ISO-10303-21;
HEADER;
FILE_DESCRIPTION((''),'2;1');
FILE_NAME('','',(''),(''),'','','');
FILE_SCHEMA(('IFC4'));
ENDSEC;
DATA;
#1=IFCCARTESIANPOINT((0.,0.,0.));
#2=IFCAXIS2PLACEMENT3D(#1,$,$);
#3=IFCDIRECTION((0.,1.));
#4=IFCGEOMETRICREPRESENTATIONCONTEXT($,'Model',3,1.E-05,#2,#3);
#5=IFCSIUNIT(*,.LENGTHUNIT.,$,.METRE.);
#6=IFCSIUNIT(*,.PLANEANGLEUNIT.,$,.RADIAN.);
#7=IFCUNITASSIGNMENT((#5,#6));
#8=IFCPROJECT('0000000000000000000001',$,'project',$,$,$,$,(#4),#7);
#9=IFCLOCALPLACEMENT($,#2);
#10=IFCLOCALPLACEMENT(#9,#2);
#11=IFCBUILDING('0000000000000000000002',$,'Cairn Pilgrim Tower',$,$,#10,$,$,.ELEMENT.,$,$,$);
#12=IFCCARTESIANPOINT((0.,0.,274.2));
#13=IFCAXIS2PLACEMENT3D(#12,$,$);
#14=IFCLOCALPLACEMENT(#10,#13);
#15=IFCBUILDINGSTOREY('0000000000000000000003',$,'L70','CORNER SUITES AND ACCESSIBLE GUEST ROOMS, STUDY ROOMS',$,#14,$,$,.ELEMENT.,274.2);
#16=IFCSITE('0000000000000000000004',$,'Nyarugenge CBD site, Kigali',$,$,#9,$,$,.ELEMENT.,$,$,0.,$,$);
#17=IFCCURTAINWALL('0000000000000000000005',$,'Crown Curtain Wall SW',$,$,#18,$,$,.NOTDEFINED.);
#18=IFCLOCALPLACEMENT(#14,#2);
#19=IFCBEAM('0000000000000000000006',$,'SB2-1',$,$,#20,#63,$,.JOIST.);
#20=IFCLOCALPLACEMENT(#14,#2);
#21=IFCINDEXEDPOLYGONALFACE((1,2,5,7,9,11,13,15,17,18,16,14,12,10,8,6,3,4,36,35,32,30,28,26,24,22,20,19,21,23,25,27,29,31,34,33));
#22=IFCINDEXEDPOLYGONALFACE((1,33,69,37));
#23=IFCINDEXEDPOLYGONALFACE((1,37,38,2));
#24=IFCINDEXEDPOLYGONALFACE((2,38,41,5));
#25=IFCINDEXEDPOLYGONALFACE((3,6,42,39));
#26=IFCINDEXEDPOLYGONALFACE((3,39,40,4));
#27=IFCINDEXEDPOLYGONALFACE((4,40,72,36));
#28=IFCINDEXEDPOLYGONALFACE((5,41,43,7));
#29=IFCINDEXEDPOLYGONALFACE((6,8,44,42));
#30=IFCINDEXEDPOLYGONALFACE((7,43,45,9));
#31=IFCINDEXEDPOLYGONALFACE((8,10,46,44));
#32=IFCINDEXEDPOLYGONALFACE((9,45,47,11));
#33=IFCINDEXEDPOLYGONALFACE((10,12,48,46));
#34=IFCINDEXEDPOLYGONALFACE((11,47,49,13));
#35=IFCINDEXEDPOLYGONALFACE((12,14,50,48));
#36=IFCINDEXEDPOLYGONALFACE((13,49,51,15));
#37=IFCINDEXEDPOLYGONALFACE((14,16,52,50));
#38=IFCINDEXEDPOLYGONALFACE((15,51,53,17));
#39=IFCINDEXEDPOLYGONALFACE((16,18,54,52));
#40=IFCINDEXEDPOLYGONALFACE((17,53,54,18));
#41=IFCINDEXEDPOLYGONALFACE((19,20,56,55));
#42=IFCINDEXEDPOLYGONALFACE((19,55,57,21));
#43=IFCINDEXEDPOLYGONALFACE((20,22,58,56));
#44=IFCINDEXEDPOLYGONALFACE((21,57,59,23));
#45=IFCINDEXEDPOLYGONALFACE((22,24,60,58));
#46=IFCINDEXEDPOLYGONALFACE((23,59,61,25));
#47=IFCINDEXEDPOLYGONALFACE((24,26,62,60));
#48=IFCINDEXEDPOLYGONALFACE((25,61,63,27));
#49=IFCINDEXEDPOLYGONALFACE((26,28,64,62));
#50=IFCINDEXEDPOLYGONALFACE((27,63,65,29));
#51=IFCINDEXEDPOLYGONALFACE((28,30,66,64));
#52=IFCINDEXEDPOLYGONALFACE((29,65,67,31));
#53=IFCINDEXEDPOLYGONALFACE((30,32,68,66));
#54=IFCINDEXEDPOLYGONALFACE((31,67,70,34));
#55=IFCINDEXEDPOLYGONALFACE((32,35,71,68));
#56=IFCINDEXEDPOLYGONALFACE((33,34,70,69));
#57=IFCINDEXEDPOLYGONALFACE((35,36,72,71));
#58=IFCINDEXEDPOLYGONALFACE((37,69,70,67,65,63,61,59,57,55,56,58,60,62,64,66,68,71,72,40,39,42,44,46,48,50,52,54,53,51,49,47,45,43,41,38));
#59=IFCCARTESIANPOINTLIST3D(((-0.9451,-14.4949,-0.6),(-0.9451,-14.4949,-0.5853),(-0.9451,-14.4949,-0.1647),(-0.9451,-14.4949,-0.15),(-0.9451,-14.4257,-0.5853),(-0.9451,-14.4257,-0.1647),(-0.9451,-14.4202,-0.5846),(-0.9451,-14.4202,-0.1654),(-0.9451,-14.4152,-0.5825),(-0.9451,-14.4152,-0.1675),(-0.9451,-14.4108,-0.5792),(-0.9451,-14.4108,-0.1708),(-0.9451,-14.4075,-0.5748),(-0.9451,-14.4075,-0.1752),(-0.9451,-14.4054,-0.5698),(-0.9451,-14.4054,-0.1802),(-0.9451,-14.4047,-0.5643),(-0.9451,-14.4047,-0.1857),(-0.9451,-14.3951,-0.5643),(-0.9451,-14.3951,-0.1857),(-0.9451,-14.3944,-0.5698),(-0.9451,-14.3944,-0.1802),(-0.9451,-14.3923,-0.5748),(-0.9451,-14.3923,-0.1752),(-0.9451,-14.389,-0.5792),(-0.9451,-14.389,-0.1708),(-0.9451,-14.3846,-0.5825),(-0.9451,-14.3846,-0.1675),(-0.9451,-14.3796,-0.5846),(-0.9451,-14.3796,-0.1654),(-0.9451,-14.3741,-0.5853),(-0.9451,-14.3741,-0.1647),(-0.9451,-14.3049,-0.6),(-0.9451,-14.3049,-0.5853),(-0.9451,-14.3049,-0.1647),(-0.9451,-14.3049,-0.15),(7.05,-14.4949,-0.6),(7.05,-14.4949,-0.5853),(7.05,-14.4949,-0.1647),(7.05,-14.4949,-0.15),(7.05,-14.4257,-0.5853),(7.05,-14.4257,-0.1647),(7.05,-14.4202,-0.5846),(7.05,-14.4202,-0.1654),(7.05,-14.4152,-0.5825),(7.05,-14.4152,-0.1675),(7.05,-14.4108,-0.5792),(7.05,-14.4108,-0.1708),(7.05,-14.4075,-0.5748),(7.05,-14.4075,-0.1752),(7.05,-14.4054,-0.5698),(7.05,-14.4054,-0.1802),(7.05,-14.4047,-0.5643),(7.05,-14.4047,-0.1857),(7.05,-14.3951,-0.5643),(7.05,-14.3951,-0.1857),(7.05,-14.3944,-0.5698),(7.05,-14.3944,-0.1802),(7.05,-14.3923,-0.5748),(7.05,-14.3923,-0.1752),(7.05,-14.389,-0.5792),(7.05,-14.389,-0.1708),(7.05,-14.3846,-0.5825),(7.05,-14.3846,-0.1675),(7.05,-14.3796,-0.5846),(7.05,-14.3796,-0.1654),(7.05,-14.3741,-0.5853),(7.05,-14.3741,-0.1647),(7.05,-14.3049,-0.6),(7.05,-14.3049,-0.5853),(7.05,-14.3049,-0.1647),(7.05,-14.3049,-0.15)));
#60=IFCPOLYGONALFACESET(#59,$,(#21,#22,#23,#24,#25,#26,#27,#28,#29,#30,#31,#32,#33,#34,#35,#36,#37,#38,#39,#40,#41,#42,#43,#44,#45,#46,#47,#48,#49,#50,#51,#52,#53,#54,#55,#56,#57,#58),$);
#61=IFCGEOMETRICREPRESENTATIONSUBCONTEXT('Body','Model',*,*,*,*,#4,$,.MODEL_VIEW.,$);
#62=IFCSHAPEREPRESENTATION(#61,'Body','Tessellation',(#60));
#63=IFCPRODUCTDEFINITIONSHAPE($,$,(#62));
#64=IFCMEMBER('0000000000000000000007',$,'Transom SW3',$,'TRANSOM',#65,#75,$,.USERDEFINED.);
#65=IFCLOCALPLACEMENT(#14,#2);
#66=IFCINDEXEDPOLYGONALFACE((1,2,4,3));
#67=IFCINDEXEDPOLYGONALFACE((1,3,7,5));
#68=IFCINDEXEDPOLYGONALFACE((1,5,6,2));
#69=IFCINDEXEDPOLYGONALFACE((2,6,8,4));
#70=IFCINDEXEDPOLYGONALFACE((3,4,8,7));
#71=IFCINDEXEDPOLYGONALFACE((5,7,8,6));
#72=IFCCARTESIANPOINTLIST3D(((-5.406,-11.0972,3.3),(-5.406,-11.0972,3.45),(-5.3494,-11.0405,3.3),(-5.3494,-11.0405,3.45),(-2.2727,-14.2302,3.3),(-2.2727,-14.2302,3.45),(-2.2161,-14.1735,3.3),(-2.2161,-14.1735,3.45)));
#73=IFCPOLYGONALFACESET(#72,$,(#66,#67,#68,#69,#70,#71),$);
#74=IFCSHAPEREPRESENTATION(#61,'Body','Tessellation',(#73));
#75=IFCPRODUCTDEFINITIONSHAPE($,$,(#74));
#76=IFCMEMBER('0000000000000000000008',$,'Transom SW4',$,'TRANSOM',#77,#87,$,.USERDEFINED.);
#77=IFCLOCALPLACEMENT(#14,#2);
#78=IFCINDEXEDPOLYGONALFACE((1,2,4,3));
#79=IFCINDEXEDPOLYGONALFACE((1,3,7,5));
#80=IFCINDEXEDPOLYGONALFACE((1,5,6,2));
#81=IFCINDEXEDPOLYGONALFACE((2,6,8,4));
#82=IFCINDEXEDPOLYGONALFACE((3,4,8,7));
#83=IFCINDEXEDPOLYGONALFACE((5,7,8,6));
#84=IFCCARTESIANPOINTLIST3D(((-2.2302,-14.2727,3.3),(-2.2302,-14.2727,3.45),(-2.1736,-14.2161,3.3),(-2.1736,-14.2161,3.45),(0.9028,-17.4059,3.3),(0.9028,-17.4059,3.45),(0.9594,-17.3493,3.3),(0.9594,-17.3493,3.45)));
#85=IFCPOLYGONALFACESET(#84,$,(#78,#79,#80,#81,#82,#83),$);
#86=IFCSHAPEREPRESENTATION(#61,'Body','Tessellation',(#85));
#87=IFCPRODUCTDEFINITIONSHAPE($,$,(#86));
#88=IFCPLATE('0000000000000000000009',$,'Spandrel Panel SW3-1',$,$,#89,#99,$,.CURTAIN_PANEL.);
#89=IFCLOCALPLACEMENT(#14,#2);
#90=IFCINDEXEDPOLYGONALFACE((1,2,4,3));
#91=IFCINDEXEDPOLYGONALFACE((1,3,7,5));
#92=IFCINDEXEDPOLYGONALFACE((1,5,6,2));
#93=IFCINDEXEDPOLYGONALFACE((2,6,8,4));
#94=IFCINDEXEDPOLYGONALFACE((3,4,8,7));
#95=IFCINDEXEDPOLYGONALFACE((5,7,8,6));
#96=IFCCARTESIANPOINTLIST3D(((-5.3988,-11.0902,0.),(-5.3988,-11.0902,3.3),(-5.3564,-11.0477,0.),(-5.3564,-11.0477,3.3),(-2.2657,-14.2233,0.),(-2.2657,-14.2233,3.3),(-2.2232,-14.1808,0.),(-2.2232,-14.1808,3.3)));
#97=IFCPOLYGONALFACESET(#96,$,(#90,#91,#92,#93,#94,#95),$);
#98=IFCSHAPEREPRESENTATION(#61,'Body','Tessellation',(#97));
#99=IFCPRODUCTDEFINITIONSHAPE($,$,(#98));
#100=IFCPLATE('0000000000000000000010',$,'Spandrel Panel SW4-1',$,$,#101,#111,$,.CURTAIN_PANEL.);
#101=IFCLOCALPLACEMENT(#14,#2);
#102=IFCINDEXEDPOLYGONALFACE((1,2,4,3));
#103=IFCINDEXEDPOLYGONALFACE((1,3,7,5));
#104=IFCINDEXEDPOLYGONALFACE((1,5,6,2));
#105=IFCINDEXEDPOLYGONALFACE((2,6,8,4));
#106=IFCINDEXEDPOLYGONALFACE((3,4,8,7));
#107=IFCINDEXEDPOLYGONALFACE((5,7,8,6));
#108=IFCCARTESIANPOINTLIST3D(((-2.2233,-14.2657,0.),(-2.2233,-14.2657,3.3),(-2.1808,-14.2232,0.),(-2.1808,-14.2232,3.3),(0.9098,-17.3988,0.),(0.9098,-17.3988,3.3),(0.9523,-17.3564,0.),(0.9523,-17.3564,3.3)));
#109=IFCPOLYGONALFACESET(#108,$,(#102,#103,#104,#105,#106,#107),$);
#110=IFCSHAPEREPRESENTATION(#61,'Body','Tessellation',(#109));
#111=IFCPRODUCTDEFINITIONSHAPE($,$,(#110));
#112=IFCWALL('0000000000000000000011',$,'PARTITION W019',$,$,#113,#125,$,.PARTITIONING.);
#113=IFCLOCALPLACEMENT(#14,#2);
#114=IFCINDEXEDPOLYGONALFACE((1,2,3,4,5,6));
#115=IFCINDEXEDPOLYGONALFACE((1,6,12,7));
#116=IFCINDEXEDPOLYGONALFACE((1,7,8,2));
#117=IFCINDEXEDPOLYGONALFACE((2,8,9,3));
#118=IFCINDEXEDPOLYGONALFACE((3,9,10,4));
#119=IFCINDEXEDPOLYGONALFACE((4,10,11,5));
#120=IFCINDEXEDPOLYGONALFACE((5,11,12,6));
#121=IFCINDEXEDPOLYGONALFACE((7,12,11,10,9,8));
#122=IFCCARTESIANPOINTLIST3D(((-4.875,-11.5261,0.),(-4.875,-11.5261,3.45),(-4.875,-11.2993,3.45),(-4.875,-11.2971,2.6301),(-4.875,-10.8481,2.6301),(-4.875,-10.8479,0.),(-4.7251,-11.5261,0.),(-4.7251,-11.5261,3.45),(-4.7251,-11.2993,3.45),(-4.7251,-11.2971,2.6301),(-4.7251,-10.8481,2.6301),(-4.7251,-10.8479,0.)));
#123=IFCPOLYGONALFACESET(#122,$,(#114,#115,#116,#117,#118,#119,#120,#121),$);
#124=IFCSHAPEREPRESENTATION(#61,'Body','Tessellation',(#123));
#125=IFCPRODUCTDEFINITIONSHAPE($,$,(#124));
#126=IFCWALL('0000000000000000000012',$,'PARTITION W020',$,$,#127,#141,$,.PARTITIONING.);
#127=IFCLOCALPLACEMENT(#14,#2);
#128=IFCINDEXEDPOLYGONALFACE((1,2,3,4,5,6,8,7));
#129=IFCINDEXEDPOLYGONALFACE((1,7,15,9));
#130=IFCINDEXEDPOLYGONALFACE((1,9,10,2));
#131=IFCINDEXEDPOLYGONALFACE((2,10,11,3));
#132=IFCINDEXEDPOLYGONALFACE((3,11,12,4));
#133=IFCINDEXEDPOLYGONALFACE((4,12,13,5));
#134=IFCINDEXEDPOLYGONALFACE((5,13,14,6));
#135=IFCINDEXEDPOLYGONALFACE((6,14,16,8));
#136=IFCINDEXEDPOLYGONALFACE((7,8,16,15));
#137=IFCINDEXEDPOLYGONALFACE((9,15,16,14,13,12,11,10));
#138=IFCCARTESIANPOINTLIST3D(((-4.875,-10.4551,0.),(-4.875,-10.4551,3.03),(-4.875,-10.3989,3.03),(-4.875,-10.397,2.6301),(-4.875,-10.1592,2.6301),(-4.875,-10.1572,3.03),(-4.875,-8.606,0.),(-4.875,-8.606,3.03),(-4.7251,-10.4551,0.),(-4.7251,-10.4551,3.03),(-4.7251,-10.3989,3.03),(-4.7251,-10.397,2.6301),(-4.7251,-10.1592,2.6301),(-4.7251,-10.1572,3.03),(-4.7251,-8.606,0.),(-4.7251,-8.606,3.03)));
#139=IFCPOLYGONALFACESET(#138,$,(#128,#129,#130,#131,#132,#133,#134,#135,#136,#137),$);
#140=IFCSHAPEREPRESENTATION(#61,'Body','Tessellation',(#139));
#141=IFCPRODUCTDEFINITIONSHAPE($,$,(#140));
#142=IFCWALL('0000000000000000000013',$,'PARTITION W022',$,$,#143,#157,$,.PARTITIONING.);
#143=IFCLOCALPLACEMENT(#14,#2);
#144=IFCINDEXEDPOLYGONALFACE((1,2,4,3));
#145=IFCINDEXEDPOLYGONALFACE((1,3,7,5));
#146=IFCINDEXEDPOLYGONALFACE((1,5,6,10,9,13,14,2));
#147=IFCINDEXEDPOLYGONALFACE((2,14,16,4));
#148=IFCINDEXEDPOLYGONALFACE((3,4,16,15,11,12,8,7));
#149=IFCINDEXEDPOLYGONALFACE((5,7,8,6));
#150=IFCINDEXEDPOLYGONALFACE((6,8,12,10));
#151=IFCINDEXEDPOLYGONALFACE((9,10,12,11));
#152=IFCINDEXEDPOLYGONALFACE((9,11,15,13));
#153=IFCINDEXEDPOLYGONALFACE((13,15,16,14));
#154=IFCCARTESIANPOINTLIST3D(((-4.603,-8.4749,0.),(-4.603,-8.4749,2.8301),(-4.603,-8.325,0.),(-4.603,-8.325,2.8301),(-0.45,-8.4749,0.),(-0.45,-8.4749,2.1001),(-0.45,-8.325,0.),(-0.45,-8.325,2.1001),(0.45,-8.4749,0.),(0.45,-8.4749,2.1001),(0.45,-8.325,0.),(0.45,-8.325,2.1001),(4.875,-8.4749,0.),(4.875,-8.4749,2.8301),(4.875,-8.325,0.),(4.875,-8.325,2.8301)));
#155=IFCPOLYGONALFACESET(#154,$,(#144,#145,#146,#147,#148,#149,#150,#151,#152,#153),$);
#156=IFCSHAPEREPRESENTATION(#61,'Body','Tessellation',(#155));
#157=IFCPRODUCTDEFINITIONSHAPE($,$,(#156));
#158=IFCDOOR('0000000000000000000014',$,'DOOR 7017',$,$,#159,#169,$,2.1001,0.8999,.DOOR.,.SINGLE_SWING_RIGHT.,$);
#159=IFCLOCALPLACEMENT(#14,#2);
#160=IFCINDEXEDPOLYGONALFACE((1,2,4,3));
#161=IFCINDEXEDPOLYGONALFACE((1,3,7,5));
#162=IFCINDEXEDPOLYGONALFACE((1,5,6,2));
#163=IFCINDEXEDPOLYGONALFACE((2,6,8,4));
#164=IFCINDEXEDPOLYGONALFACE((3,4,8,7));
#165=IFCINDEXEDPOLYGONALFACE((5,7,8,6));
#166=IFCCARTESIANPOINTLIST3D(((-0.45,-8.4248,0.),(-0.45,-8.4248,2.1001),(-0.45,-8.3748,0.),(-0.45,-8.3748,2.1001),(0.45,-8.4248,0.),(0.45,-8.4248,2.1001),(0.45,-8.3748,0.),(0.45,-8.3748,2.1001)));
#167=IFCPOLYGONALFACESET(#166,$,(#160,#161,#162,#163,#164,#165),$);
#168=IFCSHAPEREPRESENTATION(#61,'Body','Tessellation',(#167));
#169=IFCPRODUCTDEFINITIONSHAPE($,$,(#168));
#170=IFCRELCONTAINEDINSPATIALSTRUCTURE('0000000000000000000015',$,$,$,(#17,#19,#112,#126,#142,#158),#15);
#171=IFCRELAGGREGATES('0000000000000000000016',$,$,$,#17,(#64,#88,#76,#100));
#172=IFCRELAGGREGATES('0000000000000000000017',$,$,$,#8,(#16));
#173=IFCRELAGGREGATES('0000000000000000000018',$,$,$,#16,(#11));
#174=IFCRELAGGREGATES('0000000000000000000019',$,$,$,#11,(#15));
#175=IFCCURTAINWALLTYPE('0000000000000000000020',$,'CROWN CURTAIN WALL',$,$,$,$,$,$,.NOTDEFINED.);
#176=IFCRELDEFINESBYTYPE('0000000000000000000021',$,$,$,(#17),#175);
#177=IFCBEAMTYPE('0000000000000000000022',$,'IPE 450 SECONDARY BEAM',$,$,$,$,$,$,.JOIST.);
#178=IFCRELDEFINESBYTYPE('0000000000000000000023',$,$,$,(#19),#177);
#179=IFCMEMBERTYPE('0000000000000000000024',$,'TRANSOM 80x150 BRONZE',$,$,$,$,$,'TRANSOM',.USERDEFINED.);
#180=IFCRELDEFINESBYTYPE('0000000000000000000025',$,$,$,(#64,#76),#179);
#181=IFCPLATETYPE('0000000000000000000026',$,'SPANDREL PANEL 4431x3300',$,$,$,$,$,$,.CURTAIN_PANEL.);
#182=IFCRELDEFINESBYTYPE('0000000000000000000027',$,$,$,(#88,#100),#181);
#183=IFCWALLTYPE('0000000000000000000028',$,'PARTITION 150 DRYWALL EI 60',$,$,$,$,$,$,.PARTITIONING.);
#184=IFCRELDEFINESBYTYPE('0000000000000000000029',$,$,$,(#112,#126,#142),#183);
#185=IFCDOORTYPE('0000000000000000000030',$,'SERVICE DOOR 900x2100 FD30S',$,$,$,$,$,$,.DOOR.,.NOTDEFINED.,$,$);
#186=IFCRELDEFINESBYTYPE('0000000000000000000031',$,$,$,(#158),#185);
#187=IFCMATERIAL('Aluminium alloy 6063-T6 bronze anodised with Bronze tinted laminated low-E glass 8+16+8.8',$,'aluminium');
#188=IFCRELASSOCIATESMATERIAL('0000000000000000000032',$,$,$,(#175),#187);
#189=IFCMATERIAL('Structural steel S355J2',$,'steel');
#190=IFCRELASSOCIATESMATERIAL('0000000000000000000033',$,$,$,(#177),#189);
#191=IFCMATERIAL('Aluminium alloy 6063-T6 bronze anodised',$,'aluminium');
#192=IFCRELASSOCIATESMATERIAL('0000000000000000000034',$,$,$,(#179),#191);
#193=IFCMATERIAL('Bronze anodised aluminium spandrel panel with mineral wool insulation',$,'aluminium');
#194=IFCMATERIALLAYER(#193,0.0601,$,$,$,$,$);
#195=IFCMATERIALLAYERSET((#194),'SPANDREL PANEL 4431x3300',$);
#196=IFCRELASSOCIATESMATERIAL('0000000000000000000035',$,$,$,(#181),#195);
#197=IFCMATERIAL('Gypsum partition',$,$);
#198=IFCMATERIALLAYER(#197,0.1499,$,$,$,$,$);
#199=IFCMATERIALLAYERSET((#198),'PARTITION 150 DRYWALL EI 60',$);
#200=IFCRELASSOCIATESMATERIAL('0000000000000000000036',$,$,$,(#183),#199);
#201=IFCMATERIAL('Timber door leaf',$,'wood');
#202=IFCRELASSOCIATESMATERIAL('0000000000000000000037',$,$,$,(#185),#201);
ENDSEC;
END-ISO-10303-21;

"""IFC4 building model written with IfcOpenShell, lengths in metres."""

from ifc_helpers import new_model, si_unit, direction, frame, frame_2d, origin, origin_2d, place, context, subcontext, project, spatial, polyline, rectangle, i_section, outline, extrude, material, layer, layer_set, material_profile, profile_set, type_object, element, fill, aggregate, save


model = new_model("IFC4")

# Units and contexts
model_context = context("Model", 3, precision=1e-05, world=origin(), true_north=direction((0.0, 1.0)))
body_context = subcontext(model_context, "Body", "Model", "MODEL_VIEW")
ifc_project = project(units=[si_unit("LENGTHUNIT", "METRE"), si_unit("PLANEANGLEUNIT", "RADIAN")], contexts=[model_context])

# Site, building, storey
site_placement = place(None, origin())
site = spatial("IfcSite", under=ifc_project, at=site_placement, Name="Nyarugenge CBD site, Kigali", CompositionType="ELEMENT", RefElevation=0.0)
building_placement = place(site_placement, origin())
building = spatial("IfcBuilding", under=site, at=building_placement, Name="Cairn Pilgrim Tower", CompositionType="ELEMENT")
storey_placement = place(building_placement, frame((0.0, 0.0, 274.2)))
storey = spatial("IfcBuildingStorey", under=building, at=storey_placement, Name="L70", Description="CORNER SUITES AND ACCESSIBLE GUEST ROOMS, STUDY ROOMS", CompositionType="ELEMENT", Elevation=274.2)

# Shared definitions
ifc_material_1 = material(Name="Structural steel S355J2", Category="steel")

# Curtain wall
ifc_material_2 = material(Name="Aluminium alloy 6063-T6 bronze anodised with Bronze tinted laminated low-E glass 8+16+8.8", Category="aluminium")
curtain_wall_type = type_object("IfcCurtainWallType", Name="CROWN CURTAIN WALL", PredefinedType="NOTDEFINED", material=ifc_material_2)
curtain_wall_placement = place(storey_placement, origin())
curtain_wall = element("IfcCurtainWall", 1, at=curtain_wall_placement, inside=storey, type_object=curtain_wall_type, Name="Crown Curtain Wall SW", PredefinedType="NOTDEFINED")
ifc_material_3 = material(Name="Aluminium alloy 6063-T6 bronze anodised", Category="aluminium")

# Beam
ifc_material_profile_1 = material_profile(ifc_material_1, i_section(OverallWidth=0.1899, OverallDepth=0.45, WebThickness=0.0095, FlangeThickness=0.0146, FilletRadius=0.021, at=origin_2d()), Name="IPE 450")
ifc_profile_set_1 = profile_set([ifc_material_profile_1], Name="Structural steel S355J2")
beam_type_1 = type_object("IfcBeamType", Name="IPE 450 SECONDARY BEAM", PredefinedType="JOIST", material=ifc_profile_set_1)
beam_1_placement = place(storey_placement, frame((-0.9451, -14.3999, -0.375), z_axis=(1.0, 0.0, 0.0), x_axis=(0.0, 1.0, 0.0)))
element("IfcBeam", 2, at=beam_1_placement, inside=storey, type_object=beam_type_1, Name="SB2-1", PredefinedType="JOIST", context=body_context, shape_type="SweptSolid", body=[
    extrude(i_section(OverallWidth=0.1899, OverallDepth=0.45, WebThickness=0.0095, FlangeThickness=0.0146, FilletRadius=0.021, at=origin_2d()), origin(), (0.0, 0.0, 1.0), 7.9951),
])

# Members
ifc_material_profile_2 = material_profile(ifc_material_3, rectangle(XDim=0.0801, YDim=0.1499, at=origin_2d()), Name="TRANSOM 80x150 BRONZE")
ifc_profile_set_2 = profile_set([ifc_material_profile_2], Name="Aluminium alloy 6063-T6 bronze anodised")
member_type_1 = type_object("IfcMemberType", Name="TRANSOM 80x150 BRONZE", ElementType="TRANSOM", PredefinedType="USERDEFINED", material=ifc_profile_set_2)
member_1_placement = place(storey_placement, frame((-5.3777, -11.0688, 3.375), z_axis=(0.707134, -0.707079, 0.0), x_axis=(0.707079, 0.707134, 0.0)))
member_1 = element("IfcMember", 3, at=member_1_placement, type_object=member_type_1, Name="Transom SW3", ObjectType="TRANSOM", PredefinedType="USERDEFINED", context=body_context, shape_type="SweptSolid", body=[
    extrude(rectangle(XDim=0.0801, YDim=0.1499, at=origin_2d()), origin(), (0.0, 0.0, 1.0), 4.4309),
])
member_2_placement = place(storey_placement, frame((-2.2019, -14.2444, 3.375), z_axis=(0.707079, -0.707134, 0.0), x_axis=(0.707134, 0.707079, 0.0)))
member_2 = element("IfcMember", 4, at=member_2_placement, type_object=member_type_1, Name="Transom SW4", ObjectType="TRANSOM", PredefinedType="USERDEFINED", context=body_context, shape_type="SweptSolid", body=[
    extrude(rectangle(XDim=0.0801, YDim=0.1499, at=origin_2d()), origin(), (0.0, 0.0, 1.0), 4.4309),
])

# Plates
ifc_material_4 = material(Name="Bronze anodised aluminium spandrel panel with mineral wool insulation", Category="aluminium")
ifc_layer_1 = layer(ifc_material_4, 0.0601)
ifc_layer_set_1 = layer_set([ifc_layer_1], Name="SPANDREL PANEL 4431x3300")
plate_type = type_object("IfcPlateType", Name="SPANDREL PANEL 4431x3300", PredefinedType="CURTAIN_PANEL", material=ifc_layer_set_1)
plate_1_placement = place(storey_placement, frame((-3.811, -12.6355, 0.0), z_axis=(0.0, 0.0, 1.0), x_axis=(0.707107, -0.707107, 0.0)))
plate_1 = element("IfcPlate", 5, at=plate_1_placement, type_object=plate_type, Name="Spandrel Panel SW3-1", PredefinedType="CURTAIN_PANEL", context=body_context, shape_type="SweptSolid", body=[
    extrude(rectangle(XDim=4.4309, YDim=0.0601, at=origin_2d()), origin(), (0.0, 0.0, 1.0), 3.3),
])
plate_2_placement = place(storey_placement, frame((-0.6355, -15.811, 0.0), z_axis=(0.0, 0.0, 1.0), x_axis=(0.707107, -0.707107, 0.0)))
plate_2 = element("IfcPlate", 6, at=plate_2_placement, type_object=plate_type, Name="Spandrel Panel SW4-1", PredefinedType="CURTAIN_PANEL", context=body_context, shape_type="SweptSolid", body=[
    extrude(rectangle(XDim=4.4309, YDim=0.0601, at=origin_2d()), origin(), (0.0, 0.0, 1.0), 3.3),
])
aggregate(curtain_wall, [member_1, plate_1, member_2, plate_2])

# Walls
ifc_material_5 = material(Name="Gypsum partition")
ifc_layer_2 = layer(ifc_material_5, 0.1499)
ifc_layer_set_2 = layer_set([ifc_layer_2], Name="PARTITION 150 DRYWALL EI 60")
wall_type_1 = type_object("IfcWallType", Name="PARTITION 150 DRYWALL EI 60", PredefinedType="PARTITIONING", material=ifc_layer_set_2)
wall_1_placement = place(storey_placement, frame((-4.8, -11.5261, 0.0), z_axis=(0.0, 0.0, 1.0), x_axis=(0.0, 1.0, 0.0)))
element("IfcWall", 7, at=wall_1_placement, inside=storey, type_object=wall_type_1, Name="PARTITION W019", PredefinedType="PARTITIONING", context=body_context, shape_type="SweptSolid", body=[
    extrude(outline(polyline([(0.0, 0.0), (0.6782, 0.0), (0.678, 2.6301), (0.229, 2.6301), (0.2268, 3.45), (0.0, 3.45), (0.0, 0.0)])), frame((0.0, 0.075, 0.0), z_axis=(0.0, -1.0, 0.0), x_axis=(1.0, 0.0, 0.0)), (0.0, 0.0, 1.0), 0.1499),
])
wall_2_placement = place(storey_placement, frame((-4.8, -10.4551, 0.0), z_axis=(0.0, 0.0, 1.0), x_axis=(0.0, 1.0, 0.0)))
element("IfcWall", 8, at=wall_2_placement, inside=storey, type_object=wall_type_1, Name="PARTITION W020", PredefinedType="PARTITIONING", context=body_context, shape_type="SweptSolid", body=[
    extrude(outline(polyline([(0.0, 0.0), (1.8491, 0.0), (1.8491, 3.03), (0.2979, 3.03), (0.2959, 2.6301), (0.0581, 2.6301), (0.0562, 3.03), (0.0, 3.03), (0.0, 0.0)])), frame((0.0, 0.075, 0.0), z_axis=(0.0, -1.0, 0.0), x_axis=(1.0, 0.0, 0.0)), (0.0, 0.0, 1.0), 0.1499),
])

# Wall, opening, door
wall_3_placement = place(storey_placement, frame((-4.603, -8.3999, 0.0), z_axis=(0.0, 0.0, 1.0), x_axis=(1.0, 0.0, 0.0)))
wall_3 = element("IfcWall", 9, at=wall_3_placement, inside=storey, type_object=wall_type_1, Name="PARTITION W022", PredefinedType="PARTITIONING", context=body_context, shape_type="SweptSolid", body=[
    extrude(rectangle(XDim=9.478, YDim=0.1499, at=frame_2d((4.739, 0.0))), origin(), (0.0, 0.0, 1.0), 2.8301),
])
opening_1_placement = place(wall_3_placement, frame((4.1531, 0.0, 0.0)))
opening_1 = element("IfcOpeningElement", 10, at=opening_1_placement, cuts=wall_3, PredefinedType="OPENING", context=body_context, shape_type="SweptSolid", body=[
    extrude(rectangle(XDim=0.8999, YDim=2.1001, at=frame_2d((0.45, 1.05))), frame((0.0, 0.085, 0.0), z_axis=(0.0, -1.0, 0.0), x_axis=(1.0, 0.0, 0.0)), (0.0, 0.0, 1.0), 0.1699),
])
ifc_material_6 = material(Name="Timber door leaf", Category="wood")
door_type_1 = type_object("IfcDoorType", Name="SERVICE DOOR 900x2100 FD30S", OperationType="NOTDEFINED", PredefinedType="DOOR", material=ifc_material_6)
door_1_placement = place(opening_1_placement, frame((0.8999, 0.0, 0.0), z_axis=(0.0, 0.0, 1.0), x_axis=(-1.0, 0.0, 0.0)))
door_1 = element("IfcDoor", 11, at=door_1_placement, inside=storey, type_object=door_type_1, Name="DOOR 7017", OperationType="SINGLE_SWING_RIGHT", OverallHeight=2.1001, OverallWidth=0.8999, PredefinedType="DOOR", context=body_context, shape_type="SweptSolid", body=[
    extrude(rectangle(XDim=0.8999, YDim=2.1001, at=frame_2d((0.45, 1.05))), frame((0.0, 0.0249, 0.0), z_axis=(0.0, -1.0, 0.0), x_axis=(1.0, 0.0, 0.0)), (0.0, 0.0, 1.0), 0.05),
])
fill(opening_1, door_1)

save(model, "model.ifc")
